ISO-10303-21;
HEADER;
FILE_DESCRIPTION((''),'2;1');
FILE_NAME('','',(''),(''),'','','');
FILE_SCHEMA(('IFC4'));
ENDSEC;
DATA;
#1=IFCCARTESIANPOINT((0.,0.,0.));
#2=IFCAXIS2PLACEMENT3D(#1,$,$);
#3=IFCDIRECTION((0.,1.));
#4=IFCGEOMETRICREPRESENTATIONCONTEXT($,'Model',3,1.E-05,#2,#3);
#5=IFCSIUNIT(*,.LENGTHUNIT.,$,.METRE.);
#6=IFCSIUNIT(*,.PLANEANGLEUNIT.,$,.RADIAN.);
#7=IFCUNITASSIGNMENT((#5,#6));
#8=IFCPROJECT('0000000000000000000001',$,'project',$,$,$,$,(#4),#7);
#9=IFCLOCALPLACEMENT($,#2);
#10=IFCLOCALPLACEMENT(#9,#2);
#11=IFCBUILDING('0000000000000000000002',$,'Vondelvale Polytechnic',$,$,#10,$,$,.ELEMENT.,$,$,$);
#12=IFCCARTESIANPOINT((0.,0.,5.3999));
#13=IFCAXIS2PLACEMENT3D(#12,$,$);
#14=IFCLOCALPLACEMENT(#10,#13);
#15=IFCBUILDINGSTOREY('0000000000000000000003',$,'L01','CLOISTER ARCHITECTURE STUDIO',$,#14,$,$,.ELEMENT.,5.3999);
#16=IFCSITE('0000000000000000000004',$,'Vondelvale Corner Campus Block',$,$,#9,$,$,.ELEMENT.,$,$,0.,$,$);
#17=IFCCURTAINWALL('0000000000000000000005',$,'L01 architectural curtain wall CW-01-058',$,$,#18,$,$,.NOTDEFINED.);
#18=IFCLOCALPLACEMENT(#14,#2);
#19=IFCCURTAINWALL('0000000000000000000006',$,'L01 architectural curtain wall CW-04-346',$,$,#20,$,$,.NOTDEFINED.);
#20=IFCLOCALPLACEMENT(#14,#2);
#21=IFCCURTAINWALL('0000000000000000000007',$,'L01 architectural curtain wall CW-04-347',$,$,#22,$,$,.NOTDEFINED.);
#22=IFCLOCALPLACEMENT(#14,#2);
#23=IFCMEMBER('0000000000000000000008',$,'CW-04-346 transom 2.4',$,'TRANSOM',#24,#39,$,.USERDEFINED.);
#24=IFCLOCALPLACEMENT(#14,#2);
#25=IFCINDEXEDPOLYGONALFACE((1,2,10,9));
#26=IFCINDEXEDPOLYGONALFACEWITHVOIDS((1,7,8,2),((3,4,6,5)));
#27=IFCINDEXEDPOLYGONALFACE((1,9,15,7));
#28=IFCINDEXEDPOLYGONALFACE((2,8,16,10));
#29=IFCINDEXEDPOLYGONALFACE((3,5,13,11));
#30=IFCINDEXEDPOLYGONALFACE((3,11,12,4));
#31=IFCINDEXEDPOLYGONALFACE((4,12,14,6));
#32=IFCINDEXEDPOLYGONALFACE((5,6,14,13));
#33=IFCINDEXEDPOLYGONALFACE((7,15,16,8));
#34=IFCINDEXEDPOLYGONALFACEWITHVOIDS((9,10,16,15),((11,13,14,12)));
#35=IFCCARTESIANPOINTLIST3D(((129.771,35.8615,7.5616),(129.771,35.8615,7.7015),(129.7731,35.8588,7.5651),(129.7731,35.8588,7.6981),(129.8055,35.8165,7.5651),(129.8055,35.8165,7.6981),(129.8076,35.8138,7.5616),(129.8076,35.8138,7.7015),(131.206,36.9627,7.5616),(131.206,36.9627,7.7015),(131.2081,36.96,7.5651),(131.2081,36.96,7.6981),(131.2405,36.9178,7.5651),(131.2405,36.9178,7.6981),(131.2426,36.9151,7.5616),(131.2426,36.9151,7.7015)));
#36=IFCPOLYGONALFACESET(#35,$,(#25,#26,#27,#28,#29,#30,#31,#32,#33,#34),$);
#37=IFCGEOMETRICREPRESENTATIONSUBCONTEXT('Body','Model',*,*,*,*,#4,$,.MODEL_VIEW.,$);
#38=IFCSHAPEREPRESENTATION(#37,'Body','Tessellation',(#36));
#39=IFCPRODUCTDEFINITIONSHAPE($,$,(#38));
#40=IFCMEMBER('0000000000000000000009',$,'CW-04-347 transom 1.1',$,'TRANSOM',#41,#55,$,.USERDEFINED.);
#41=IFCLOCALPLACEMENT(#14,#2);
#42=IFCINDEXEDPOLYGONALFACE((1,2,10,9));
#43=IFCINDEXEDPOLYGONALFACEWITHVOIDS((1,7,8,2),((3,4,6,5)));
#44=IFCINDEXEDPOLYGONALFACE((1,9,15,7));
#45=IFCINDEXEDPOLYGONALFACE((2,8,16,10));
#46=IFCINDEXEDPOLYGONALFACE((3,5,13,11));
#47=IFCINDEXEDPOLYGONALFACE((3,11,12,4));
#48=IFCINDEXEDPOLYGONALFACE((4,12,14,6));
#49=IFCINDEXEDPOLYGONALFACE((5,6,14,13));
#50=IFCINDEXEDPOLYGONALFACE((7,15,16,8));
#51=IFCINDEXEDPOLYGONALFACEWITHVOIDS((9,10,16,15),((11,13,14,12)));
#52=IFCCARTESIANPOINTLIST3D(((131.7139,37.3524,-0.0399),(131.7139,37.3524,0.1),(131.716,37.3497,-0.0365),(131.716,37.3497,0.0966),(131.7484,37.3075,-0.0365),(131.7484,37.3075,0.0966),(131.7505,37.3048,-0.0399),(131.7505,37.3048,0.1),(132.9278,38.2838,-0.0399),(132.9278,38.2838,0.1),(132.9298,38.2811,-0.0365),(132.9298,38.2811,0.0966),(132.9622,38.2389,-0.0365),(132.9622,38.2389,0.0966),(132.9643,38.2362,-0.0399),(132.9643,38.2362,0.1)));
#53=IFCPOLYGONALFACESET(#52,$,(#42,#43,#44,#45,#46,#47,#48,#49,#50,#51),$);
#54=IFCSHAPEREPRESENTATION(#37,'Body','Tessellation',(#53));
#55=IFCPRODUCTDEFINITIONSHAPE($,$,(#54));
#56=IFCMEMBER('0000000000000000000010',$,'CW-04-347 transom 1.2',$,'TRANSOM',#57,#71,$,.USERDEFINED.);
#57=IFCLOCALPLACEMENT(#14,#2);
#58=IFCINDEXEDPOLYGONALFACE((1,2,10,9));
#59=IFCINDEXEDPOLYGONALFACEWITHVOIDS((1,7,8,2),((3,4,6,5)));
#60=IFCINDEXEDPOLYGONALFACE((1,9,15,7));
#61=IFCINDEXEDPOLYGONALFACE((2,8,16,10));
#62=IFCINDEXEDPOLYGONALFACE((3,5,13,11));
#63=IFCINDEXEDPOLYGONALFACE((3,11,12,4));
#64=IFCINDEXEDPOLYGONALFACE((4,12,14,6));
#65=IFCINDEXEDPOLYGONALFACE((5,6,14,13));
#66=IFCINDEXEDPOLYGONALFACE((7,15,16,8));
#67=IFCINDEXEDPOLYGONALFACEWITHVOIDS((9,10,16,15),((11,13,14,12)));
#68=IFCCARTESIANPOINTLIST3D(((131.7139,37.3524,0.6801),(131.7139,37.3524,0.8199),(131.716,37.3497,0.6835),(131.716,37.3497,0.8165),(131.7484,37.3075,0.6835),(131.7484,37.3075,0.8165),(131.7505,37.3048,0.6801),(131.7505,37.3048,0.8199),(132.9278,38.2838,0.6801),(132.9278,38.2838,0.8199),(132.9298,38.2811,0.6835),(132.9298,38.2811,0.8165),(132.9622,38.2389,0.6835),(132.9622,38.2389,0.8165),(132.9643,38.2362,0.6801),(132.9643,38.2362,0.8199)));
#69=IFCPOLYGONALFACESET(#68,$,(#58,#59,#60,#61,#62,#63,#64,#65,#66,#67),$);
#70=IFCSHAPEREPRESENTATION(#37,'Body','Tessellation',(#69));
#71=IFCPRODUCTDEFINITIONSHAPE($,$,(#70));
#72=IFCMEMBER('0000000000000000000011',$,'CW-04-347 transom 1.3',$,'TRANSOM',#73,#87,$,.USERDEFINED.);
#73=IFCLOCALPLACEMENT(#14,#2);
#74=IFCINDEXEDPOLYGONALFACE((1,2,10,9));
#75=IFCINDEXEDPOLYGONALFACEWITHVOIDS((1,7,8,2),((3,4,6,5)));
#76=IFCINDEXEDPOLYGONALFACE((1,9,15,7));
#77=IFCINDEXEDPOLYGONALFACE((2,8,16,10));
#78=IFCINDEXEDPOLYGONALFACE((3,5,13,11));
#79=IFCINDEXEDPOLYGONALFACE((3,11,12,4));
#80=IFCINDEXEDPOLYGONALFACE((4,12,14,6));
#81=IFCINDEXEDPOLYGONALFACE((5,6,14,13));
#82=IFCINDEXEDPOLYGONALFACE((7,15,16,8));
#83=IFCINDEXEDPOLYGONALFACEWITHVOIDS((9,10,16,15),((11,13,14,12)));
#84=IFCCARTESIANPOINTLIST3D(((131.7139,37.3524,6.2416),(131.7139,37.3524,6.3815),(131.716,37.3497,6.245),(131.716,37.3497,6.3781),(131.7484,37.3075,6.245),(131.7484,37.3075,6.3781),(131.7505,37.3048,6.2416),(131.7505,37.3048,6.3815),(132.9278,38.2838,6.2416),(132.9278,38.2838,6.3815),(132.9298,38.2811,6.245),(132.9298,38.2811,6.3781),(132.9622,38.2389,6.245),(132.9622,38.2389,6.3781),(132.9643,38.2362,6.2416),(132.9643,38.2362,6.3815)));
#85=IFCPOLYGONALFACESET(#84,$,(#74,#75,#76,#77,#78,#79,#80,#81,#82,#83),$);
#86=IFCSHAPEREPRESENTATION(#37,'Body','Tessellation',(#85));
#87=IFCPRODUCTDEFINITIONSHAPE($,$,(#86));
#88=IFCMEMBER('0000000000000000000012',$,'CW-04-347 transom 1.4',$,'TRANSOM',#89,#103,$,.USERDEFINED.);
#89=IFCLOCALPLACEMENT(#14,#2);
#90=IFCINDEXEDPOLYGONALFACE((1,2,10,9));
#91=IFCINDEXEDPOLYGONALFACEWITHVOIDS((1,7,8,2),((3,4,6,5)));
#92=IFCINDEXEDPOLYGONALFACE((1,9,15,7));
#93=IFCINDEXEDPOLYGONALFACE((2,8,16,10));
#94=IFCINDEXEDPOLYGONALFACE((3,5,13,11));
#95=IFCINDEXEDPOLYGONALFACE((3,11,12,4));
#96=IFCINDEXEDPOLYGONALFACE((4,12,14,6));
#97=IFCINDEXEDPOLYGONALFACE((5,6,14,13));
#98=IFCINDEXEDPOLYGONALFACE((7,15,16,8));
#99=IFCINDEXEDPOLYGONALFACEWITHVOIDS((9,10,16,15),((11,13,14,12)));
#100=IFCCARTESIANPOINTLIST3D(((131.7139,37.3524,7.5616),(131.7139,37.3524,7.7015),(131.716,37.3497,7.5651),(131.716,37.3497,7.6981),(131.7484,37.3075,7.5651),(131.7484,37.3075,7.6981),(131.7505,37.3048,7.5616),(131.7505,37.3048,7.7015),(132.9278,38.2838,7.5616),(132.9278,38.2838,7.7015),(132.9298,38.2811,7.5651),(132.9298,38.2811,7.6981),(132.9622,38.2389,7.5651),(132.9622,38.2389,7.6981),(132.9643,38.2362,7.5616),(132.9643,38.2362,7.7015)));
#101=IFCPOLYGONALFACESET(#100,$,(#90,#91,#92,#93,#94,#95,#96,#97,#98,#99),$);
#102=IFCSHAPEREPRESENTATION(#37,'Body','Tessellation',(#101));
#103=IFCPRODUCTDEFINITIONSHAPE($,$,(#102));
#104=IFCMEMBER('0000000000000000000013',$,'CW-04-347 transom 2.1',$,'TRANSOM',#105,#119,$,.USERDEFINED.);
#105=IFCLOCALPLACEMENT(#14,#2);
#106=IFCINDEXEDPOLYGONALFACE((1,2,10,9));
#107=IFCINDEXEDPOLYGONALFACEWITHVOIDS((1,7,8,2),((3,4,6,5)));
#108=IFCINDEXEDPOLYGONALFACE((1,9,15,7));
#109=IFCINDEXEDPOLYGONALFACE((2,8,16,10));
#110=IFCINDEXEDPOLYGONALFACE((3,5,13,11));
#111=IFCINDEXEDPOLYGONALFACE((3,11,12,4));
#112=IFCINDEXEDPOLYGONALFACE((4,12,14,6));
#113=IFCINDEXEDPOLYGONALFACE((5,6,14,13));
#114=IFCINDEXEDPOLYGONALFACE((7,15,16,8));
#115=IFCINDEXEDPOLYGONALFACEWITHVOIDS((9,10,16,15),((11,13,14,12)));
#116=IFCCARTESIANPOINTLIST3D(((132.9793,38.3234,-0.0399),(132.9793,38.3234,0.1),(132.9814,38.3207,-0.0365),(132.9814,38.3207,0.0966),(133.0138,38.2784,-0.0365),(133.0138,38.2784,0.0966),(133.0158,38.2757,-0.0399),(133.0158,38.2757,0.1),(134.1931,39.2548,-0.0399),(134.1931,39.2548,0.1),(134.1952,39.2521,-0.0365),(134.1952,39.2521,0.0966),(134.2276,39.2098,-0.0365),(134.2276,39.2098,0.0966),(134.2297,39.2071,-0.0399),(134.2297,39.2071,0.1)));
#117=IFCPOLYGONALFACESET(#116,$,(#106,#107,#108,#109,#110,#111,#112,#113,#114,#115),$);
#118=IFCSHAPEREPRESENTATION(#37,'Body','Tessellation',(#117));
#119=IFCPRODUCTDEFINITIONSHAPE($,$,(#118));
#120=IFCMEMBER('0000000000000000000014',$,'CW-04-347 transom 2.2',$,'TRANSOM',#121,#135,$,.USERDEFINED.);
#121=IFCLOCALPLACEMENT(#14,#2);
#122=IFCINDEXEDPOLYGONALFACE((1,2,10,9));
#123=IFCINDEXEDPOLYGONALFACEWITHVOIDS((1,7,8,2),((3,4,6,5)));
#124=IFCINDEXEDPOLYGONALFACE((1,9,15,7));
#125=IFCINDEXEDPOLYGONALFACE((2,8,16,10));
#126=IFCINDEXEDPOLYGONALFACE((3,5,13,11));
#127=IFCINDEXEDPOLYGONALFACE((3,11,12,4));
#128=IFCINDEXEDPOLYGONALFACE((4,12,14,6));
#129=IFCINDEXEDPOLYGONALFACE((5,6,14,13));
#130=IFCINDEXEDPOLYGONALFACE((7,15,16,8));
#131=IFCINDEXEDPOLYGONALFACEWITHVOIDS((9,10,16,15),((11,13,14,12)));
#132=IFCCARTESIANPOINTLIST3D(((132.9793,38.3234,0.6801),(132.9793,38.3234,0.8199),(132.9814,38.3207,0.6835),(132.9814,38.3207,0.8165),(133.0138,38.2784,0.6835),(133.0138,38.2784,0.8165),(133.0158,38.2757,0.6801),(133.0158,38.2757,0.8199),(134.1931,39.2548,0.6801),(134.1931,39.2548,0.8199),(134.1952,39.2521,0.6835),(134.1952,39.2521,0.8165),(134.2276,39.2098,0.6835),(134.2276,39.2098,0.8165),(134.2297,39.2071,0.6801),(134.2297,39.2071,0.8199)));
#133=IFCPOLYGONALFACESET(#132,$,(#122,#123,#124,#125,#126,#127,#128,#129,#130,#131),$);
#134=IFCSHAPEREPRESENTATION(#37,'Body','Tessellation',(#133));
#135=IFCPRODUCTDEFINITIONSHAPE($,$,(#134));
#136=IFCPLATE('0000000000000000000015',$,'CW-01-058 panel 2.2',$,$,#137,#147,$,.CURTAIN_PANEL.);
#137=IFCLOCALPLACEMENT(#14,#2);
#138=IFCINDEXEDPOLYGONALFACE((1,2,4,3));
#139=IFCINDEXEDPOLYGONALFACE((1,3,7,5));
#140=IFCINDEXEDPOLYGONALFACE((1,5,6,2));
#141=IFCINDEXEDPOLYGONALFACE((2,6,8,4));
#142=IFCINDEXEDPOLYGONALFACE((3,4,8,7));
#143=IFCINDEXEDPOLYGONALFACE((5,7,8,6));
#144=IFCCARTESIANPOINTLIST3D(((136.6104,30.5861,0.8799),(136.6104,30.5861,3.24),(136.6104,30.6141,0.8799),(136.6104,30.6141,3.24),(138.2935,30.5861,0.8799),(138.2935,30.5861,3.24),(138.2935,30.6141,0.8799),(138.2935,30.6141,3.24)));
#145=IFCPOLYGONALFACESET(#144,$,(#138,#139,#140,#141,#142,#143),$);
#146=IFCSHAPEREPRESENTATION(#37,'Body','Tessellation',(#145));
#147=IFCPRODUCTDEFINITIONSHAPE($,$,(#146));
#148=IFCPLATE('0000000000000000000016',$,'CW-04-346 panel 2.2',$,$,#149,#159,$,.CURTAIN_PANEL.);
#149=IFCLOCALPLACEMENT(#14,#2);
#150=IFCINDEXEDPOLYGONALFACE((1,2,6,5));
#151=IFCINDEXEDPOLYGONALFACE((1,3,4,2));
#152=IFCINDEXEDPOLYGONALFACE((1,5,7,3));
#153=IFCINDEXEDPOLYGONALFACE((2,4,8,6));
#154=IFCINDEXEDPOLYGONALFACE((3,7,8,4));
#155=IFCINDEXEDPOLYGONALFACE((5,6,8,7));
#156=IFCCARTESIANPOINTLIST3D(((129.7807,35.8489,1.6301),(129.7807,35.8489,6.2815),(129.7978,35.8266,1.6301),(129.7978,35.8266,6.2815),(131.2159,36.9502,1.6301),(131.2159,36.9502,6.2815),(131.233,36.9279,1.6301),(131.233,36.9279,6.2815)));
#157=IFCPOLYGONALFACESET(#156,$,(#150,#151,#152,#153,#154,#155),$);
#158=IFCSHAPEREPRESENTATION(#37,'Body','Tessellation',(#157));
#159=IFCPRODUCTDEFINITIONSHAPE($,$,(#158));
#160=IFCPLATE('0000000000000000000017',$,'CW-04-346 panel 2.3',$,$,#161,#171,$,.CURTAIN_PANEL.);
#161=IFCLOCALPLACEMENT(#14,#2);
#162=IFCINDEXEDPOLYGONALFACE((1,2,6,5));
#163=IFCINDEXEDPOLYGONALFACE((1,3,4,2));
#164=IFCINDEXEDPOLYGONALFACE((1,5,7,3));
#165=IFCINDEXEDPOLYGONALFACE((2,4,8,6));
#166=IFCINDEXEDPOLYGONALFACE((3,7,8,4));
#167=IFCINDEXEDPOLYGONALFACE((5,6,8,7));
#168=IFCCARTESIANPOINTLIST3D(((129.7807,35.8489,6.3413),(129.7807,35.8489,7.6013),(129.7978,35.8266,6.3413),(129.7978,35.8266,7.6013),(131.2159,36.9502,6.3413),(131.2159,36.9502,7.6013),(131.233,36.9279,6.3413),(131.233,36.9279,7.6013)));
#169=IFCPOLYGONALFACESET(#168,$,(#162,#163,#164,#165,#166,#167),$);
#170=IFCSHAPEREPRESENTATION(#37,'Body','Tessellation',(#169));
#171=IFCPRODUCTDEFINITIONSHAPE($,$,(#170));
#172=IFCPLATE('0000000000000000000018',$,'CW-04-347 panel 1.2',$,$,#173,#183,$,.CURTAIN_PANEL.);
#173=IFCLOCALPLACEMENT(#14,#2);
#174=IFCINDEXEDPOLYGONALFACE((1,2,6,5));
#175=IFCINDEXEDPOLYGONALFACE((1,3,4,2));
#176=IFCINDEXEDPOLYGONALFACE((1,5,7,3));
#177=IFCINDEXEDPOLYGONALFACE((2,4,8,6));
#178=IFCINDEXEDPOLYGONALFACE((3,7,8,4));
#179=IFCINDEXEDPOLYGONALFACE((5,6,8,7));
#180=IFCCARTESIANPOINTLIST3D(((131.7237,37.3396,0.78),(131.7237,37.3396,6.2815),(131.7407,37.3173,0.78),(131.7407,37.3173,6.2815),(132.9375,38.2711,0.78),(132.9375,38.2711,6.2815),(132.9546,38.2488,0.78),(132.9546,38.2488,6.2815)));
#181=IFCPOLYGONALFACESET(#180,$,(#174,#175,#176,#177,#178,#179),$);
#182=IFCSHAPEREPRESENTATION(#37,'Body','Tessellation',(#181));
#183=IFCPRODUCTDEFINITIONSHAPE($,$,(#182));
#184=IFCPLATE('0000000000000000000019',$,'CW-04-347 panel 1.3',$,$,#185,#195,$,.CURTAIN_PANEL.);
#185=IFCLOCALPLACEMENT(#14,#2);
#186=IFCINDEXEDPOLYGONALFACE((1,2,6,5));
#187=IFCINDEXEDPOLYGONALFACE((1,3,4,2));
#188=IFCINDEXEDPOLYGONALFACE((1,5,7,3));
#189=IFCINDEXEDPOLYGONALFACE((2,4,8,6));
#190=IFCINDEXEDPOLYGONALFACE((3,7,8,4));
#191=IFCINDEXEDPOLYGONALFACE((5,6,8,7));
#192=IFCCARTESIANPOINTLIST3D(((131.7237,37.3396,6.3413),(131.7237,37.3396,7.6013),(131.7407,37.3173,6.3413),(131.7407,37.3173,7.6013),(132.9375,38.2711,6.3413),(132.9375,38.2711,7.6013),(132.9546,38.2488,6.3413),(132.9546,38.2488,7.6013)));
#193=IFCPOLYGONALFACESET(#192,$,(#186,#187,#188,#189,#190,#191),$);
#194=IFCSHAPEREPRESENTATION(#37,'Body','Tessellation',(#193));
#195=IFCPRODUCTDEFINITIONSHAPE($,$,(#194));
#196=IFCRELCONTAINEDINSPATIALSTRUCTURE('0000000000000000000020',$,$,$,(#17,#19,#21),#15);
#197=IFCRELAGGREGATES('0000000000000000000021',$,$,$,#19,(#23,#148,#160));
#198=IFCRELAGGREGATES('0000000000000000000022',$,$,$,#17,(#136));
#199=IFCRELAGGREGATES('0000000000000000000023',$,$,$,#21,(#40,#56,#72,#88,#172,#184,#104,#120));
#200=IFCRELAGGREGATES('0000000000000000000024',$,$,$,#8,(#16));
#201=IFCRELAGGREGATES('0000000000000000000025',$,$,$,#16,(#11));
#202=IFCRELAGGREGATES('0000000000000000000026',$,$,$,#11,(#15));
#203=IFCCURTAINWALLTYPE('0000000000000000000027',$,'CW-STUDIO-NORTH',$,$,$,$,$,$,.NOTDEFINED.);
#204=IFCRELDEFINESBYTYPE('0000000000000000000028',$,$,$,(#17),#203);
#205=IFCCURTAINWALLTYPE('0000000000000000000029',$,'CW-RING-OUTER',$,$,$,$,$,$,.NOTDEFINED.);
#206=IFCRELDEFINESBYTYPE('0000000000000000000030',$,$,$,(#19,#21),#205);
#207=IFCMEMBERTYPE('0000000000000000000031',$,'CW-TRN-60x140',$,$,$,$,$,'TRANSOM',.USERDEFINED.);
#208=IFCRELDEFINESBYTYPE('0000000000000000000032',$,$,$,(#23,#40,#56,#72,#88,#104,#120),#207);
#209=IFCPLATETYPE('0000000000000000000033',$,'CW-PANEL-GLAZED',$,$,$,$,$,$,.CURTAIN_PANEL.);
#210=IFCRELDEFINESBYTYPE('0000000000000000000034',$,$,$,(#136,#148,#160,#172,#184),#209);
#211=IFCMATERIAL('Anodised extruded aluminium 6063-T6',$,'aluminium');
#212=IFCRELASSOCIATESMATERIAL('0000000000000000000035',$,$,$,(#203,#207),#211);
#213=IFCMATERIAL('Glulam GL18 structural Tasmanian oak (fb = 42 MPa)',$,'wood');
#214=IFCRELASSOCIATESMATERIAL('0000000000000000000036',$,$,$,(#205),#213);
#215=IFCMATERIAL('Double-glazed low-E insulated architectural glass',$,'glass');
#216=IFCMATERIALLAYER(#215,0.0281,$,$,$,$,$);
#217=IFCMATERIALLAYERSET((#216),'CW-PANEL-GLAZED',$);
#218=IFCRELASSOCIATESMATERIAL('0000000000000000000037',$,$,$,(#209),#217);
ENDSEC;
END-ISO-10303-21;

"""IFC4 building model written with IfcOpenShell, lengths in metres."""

from ifc_helpers import new_model, si_unit, direction, frame, origin, origin_2d, place, context, subcontext, project, spatial, rectangle, hollow_rectangle, extrude, material, layer, layer_set, material_profile, profile_set, type_object, element, aggregate, save


model = new_model("IFC4")

# Units and contexts
model_context = context("Model", 3, precision=1e-05, world=origin(), true_north=direction((0.0, 1.0)))
body_context = subcontext(model_context, "Body", "Model", "MODEL_VIEW")
ifc_project = project(units=[si_unit("LENGTHUNIT", "METRE"), si_unit("PLANEANGLEUNIT", "RADIAN")], contexts=[model_context])

# Site, building, storey
site_placement = place(None, origin())
site = spatial("IfcSite", under=ifc_project, at=site_placement, Name="Vondelvale Corner Campus Block", CompositionType="ELEMENT", RefElevation=0.0)
building_placement = place(site_placement, origin())
building = spatial("IfcBuilding", under=site, at=building_placement, Name="Vondelvale Polytechnic", CompositionType="ELEMENT")
storey_placement = place(building_placement, frame((0.0, 0.0, 5.3999)))
storey = spatial("IfcBuildingStorey", under=building, at=storey_placement, Name="L01", Description="CLOISTER ARCHITECTURE STUDIO", CompositionType="ELEMENT", Elevation=5.3999)

# Shared definitions
ifc_material_1 = material(Name="Glulam GL18 structural Tasmanian oak (fb = 42 MPa)", Category="wood")

# Curtain walls
ifc_material_2 = material(Name="Anodised extruded aluminium 6063-T6", Category="aluminium")
curtain_wall_type_1 = type_object("IfcCurtainWallType", Name="CW-STUDIO-NORTH", PredefinedType="NOTDEFINED", material=ifc_material_2)
curtain_wall_1_placement = place(storey_placement, origin())
curtain_wall_1 = element("IfcCurtainWall", 1, at=curtain_wall_1_placement, inside=storey, type_object=curtain_wall_type_1, Name="L01 architectural curtain wall CW-01-058", PredefinedType="NOTDEFINED")
curtain_wall_type_2 = type_object("IfcCurtainWallType", Name="CW-RING-OUTER", PredefinedType="NOTDEFINED", material=ifc_material_1)
curtain_wall_2_placement = place(storey_placement, origin())
curtain_wall_2 = element("IfcCurtainWall", 2, at=curtain_wall_2_placement, inside=storey, type_object=curtain_wall_type_2, Name="L01 architectural curtain wall CW-04-346", PredefinedType="NOTDEFINED")

# Curtain wall
curtain_wall_3_placement = place(storey_placement, origin())
curtain_wall_3 = element("IfcCurtainWall", 3, at=curtain_wall_3_placement, inside=storey, type_object=curtain_wall_type_2, Name="L01 architectural curtain wall CW-04-347", PredefinedType="NOTDEFINED")

# Members
ifc_material_profile_1 = material_profile(ifc_material_2, hollow_rectangle(XDim=0.0601, YDim=0.1399, WallThickness=0.0034, at=origin_2d()), Name="CW-TRN-140x60")
ifc_profile_set_1 = profile_set([ifc_material_profile_1], Name="Anodised extruded aluminium 6063-T6")
member_type_1 = type_object("IfcMemberType", Name="CW-TRN-60x140", ElementType="TRANSOM", PredefinedType="USERDEFINED", material=ifc_profile_set_1)
member_1_placement = place(storey_placement, frame((129.7893, 35.8376, 7.6316), z_axis=(0.793311, 0.608817, 0.0), x_axis=(-0.608817, 0.793311, 0.0)))
member_1 = element("IfcMember", 4, at=member_1_placement, type_object=member_type_1, Name="CW-04-346 transom 2.4", ObjectType="TRANSOM", PredefinedType="USERDEFINED", context=body_context, shape_type="SweptSolid", body=[
    extrude(hollow_rectangle(XDim=0.0601, YDim=0.1399, WallThickness=0.0034, at=origin_2d()), origin(), (0.0, 0.0, 1.0), 1.8088),
])
member_2_placement = place(storey_placement, frame((131.7322, 37.3286, 0.03), z_axis=(0.793365, 0.608746, 0.0), x_axis=(-0.608746, 0.793365, 0.0)))
member_2 = element("IfcMember", 5, at=member_2_placement, type_object=member_type_1, Name="CW-04-347 transom 1.1", ObjectType="TRANSOM", PredefinedType="USERDEFINED", context=body_context, shape_type="SweptSolid", body=[
    extrude(hollow_rectangle(XDim=0.0601, YDim=0.1399, WallThickness=0.0034, at=origin_2d()), origin(), (0.0, 0.0, 1.0), 1.53),
])
member_3_placement = place(storey_placement, frame((131.7322, 37.3286, 0.75), z_axis=(0.793365, 0.608746, 0.0), x_axis=(-0.608746, 0.793365, 0.0)))
member_3 = element("IfcMember", 6, at=member_3_placement, type_object=member_type_1, Name="CW-04-347 transom 1.2", ObjectType="TRANSOM", PredefinedType="USERDEFINED", context=body_context, shape_type="SweptSolid", body=[
    extrude(hollow_rectangle(XDim=0.0601, YDim=0.1399, WallThickness=0.0034, at=origin_2d()), origin(), (0.0, 0.0, 1.0), 1.53),
])
member_4_placement = place(storey_placement, frame((131.7322, 37.3286, 6.3115), z_axis=(0.793365, 0.608746, 0.0), x_axis=(-0.608746, 0.793365, 0.0)))
member_4 = element("IfcMember", 7, at=member_4_placement, type_object=member_type_1, Name="CW-04-347 transom 1.3", ObjectType="TRANSOM", PredefinedType="USERDEFINED", context=body_context, shape_type="SweptSolid", body=[
    extrude(hollow_rectangle(XDim=0.0601, YDim=0.1399, WallThickness=0.0034, at=origin_2d()), origin(), (0.0, 0.0, 1.0), 1.53),
])
member_5_placement = place(storey_placement, frame((131.7322, 37.3286, 7.6316), z_axis=(0.793365, 0.608746, 0.0), x_axis=(-0.608746, 0.793365, 0.0)))
member_5 = element("IfcMember", 8, at=member_5_placement, type_object=member_type_1, Name="CW-04-347 transom 1.4", ObjectType="TRANSOM", PredefinedType="USERDEFINED", context=body_context, shape_type="SweptSolid", body=[
    extrude(hollow_rectangle(XDim=0.0601, YDim=0.1399, WallThickness=0.0034, at=origin_2d()), origin(), (0.0, 0.0, 1.0), 1.53),
])
member_6_placement = place(storey_placement, frame((132.9976, 38.2996, 0.03), z_axis=(0.793365, 0.608746, 0.0), x_axis=(-0.608746, 0.793365, 0.0)))
member_6 = element("IfcMember", 9, at=member_6_placement, type_object=member_type_1, Name="CW-04-347 transom 2.1", ObjectType="TRANSOM", PredefinedType="USERDEFINED", context=body_context, shape_type="SweptSolid", body=[
    extrude(hollow_rectangle(XDim=0.0601, YDim=0.1399, WallThickness=0.0034, at=origin_2d()), origin(), (0.0, 0.0, 1.0), 1.53),
])
member_7_placement = place(storey_placement, frame((132.9976, 38.2996, 0.75), z_axis=(0.793365, 0.608746, 0.0), x_axis=(-0.608746, 0.793365, 0.0)))
member_7 = element("IfcMember", 10, at=member_7_placement, type_object=member_type_1, Name="CW-04-347 transom 2.2", ObjectType="TRANSOM", PredefinedType="USERDEFINED", context=body_context, shape_type="SweptSolid", body=[
    extrude(hollow_rectangle(XDim=0.0601, YDim=0.1399, WallThickness=0.0034, at=origin_2d()), origin(), (0.0, 0.0, 1.0), 1.53),
])

# Plates
ifc_material_3 = material(Name="Double-glazed low-E insulated architectural glass", Category="glass")
ifc_layer_1 = layer(ifc_material_3, 0.0281)
ifc_layer_set_1 = layer_set([ifc_layer_1], Name="CW-PANEL-GLAZED")
plate_type_1 = type_object("IfcPlateType", Name="CW-PANEL-GLAZED", PredefinedType="CURTAIN_PANEL", material=ifc_layer_set_1)
plate_1_placement = place(storey_placement, frame((137.4519, 30.6001, 0.8799), z_axis=(0.0, 0.0, 1.0), x_axis=(1.0, 0.0, 0.0)))
plate_1 = element("IfcPlate", 11, at=plate_1_placement, type_object=plate_type_1, Name="CW-01-058 panel 2.2", PredefinedType="CURTAIN_PANEL", context=body_context, shape_type="SweptSolid", body=[
    extrude(rectangle(XDim=1.6831, YDim=0.0281, at=origin_2d()), origin(), (0.0, 0.0, 1.0), 2.3601),
])
plate_2_placement = place(storey_placement, frame((130.5068, 36.3884, 1.6301), z_axis=(0.0, 0.0, 1.0), x_axis=(0.793346, 0.608771, 0.0)))
plate_2 = element("IfcPlate", 12, at=plate_2_placement, type_object=plate_type_1, Name="CW-04-346 panel 2.2", PredefinedType="CURTAIN_PANEL", context=body_context, shape_type="SweptSolid", body=[
    extrude(rectangle(XDim=1.8091, YDim=0.0281, at=origin_2d()), origin(), (0.0, 0.0, 1.0), 4.6514),
])
plate_3_placement = place(storey_placement, frame((130.5068, 36.3884, 6.3413), z_axis=(0.0, 0.0, 1.0), x_axis=(0.793346, 0.608771, 0.0)))
plate_3 = element("IfcPlate", 13, at=plate_3_placement, type_object=plate_type_1, Name="CW-04-346 panel 2.3", PredefinedType="CURTAIN_PANEL", context=body_context, shape_type="SweptSolid", body=[
    extrude(rectangle(XDim=1.8091, YDim=0.0281, at=origin_2d()), origin(), (0.0, 0.0, 1.0), 1.26),
])
plate_4_placement = place(storey_placement, frame((132.3391, 37.7942, 0.78), z_axis=(0.0, 0.0, 1.0), x_axis=(0.793334, 0.608787, 0.0)))
plate_4 = element("IfcPlate", 14, at=plate_4_placement, type_object=plate_type_1, Name="CW-04-347 panel 1.2", PredefinedType="CURTAIN_PANEL", context=body_context, shape_type="SweptSolid", body=[
    extrude(rectangle(XDim=1.53, YDim=0.0281, at=origin_2d()), origin(), (0.0, 0.0, 1.0), 5.5015),
])
plate_5_placement = place(storey_placement, frame((132.3391, 37.7942, 6.3413), z_axis=(0.0, 0.0, 1.0), x_axis=(0.793334, 0.608787, 0.0)))
plate_5 = element("IfcPlate", 15, at=plate_5_placement, type_object=plate_type_1, Name="CW-04-347 panel 1.3", PredefinedType="CURTAIN_PANEL", context=body_context, shape_type="SweptSolid", body=[
    extrude(rectangle(XDim=1.53, YDim=0.0281, at=origin_2d()), origin(), (0.0, 0.0, 1.0), 1.26),
])
aggregate(curtain_wall_2, [member_1, plate_2, plate_3])
aggregate(curtain_wall_1, [plate_1])
aggregate(curtain_wall_3, [member_2, member_3, member_4, member_5, plate_4, plate_5, member_6, member_7])

save(model, "model.ifc")
